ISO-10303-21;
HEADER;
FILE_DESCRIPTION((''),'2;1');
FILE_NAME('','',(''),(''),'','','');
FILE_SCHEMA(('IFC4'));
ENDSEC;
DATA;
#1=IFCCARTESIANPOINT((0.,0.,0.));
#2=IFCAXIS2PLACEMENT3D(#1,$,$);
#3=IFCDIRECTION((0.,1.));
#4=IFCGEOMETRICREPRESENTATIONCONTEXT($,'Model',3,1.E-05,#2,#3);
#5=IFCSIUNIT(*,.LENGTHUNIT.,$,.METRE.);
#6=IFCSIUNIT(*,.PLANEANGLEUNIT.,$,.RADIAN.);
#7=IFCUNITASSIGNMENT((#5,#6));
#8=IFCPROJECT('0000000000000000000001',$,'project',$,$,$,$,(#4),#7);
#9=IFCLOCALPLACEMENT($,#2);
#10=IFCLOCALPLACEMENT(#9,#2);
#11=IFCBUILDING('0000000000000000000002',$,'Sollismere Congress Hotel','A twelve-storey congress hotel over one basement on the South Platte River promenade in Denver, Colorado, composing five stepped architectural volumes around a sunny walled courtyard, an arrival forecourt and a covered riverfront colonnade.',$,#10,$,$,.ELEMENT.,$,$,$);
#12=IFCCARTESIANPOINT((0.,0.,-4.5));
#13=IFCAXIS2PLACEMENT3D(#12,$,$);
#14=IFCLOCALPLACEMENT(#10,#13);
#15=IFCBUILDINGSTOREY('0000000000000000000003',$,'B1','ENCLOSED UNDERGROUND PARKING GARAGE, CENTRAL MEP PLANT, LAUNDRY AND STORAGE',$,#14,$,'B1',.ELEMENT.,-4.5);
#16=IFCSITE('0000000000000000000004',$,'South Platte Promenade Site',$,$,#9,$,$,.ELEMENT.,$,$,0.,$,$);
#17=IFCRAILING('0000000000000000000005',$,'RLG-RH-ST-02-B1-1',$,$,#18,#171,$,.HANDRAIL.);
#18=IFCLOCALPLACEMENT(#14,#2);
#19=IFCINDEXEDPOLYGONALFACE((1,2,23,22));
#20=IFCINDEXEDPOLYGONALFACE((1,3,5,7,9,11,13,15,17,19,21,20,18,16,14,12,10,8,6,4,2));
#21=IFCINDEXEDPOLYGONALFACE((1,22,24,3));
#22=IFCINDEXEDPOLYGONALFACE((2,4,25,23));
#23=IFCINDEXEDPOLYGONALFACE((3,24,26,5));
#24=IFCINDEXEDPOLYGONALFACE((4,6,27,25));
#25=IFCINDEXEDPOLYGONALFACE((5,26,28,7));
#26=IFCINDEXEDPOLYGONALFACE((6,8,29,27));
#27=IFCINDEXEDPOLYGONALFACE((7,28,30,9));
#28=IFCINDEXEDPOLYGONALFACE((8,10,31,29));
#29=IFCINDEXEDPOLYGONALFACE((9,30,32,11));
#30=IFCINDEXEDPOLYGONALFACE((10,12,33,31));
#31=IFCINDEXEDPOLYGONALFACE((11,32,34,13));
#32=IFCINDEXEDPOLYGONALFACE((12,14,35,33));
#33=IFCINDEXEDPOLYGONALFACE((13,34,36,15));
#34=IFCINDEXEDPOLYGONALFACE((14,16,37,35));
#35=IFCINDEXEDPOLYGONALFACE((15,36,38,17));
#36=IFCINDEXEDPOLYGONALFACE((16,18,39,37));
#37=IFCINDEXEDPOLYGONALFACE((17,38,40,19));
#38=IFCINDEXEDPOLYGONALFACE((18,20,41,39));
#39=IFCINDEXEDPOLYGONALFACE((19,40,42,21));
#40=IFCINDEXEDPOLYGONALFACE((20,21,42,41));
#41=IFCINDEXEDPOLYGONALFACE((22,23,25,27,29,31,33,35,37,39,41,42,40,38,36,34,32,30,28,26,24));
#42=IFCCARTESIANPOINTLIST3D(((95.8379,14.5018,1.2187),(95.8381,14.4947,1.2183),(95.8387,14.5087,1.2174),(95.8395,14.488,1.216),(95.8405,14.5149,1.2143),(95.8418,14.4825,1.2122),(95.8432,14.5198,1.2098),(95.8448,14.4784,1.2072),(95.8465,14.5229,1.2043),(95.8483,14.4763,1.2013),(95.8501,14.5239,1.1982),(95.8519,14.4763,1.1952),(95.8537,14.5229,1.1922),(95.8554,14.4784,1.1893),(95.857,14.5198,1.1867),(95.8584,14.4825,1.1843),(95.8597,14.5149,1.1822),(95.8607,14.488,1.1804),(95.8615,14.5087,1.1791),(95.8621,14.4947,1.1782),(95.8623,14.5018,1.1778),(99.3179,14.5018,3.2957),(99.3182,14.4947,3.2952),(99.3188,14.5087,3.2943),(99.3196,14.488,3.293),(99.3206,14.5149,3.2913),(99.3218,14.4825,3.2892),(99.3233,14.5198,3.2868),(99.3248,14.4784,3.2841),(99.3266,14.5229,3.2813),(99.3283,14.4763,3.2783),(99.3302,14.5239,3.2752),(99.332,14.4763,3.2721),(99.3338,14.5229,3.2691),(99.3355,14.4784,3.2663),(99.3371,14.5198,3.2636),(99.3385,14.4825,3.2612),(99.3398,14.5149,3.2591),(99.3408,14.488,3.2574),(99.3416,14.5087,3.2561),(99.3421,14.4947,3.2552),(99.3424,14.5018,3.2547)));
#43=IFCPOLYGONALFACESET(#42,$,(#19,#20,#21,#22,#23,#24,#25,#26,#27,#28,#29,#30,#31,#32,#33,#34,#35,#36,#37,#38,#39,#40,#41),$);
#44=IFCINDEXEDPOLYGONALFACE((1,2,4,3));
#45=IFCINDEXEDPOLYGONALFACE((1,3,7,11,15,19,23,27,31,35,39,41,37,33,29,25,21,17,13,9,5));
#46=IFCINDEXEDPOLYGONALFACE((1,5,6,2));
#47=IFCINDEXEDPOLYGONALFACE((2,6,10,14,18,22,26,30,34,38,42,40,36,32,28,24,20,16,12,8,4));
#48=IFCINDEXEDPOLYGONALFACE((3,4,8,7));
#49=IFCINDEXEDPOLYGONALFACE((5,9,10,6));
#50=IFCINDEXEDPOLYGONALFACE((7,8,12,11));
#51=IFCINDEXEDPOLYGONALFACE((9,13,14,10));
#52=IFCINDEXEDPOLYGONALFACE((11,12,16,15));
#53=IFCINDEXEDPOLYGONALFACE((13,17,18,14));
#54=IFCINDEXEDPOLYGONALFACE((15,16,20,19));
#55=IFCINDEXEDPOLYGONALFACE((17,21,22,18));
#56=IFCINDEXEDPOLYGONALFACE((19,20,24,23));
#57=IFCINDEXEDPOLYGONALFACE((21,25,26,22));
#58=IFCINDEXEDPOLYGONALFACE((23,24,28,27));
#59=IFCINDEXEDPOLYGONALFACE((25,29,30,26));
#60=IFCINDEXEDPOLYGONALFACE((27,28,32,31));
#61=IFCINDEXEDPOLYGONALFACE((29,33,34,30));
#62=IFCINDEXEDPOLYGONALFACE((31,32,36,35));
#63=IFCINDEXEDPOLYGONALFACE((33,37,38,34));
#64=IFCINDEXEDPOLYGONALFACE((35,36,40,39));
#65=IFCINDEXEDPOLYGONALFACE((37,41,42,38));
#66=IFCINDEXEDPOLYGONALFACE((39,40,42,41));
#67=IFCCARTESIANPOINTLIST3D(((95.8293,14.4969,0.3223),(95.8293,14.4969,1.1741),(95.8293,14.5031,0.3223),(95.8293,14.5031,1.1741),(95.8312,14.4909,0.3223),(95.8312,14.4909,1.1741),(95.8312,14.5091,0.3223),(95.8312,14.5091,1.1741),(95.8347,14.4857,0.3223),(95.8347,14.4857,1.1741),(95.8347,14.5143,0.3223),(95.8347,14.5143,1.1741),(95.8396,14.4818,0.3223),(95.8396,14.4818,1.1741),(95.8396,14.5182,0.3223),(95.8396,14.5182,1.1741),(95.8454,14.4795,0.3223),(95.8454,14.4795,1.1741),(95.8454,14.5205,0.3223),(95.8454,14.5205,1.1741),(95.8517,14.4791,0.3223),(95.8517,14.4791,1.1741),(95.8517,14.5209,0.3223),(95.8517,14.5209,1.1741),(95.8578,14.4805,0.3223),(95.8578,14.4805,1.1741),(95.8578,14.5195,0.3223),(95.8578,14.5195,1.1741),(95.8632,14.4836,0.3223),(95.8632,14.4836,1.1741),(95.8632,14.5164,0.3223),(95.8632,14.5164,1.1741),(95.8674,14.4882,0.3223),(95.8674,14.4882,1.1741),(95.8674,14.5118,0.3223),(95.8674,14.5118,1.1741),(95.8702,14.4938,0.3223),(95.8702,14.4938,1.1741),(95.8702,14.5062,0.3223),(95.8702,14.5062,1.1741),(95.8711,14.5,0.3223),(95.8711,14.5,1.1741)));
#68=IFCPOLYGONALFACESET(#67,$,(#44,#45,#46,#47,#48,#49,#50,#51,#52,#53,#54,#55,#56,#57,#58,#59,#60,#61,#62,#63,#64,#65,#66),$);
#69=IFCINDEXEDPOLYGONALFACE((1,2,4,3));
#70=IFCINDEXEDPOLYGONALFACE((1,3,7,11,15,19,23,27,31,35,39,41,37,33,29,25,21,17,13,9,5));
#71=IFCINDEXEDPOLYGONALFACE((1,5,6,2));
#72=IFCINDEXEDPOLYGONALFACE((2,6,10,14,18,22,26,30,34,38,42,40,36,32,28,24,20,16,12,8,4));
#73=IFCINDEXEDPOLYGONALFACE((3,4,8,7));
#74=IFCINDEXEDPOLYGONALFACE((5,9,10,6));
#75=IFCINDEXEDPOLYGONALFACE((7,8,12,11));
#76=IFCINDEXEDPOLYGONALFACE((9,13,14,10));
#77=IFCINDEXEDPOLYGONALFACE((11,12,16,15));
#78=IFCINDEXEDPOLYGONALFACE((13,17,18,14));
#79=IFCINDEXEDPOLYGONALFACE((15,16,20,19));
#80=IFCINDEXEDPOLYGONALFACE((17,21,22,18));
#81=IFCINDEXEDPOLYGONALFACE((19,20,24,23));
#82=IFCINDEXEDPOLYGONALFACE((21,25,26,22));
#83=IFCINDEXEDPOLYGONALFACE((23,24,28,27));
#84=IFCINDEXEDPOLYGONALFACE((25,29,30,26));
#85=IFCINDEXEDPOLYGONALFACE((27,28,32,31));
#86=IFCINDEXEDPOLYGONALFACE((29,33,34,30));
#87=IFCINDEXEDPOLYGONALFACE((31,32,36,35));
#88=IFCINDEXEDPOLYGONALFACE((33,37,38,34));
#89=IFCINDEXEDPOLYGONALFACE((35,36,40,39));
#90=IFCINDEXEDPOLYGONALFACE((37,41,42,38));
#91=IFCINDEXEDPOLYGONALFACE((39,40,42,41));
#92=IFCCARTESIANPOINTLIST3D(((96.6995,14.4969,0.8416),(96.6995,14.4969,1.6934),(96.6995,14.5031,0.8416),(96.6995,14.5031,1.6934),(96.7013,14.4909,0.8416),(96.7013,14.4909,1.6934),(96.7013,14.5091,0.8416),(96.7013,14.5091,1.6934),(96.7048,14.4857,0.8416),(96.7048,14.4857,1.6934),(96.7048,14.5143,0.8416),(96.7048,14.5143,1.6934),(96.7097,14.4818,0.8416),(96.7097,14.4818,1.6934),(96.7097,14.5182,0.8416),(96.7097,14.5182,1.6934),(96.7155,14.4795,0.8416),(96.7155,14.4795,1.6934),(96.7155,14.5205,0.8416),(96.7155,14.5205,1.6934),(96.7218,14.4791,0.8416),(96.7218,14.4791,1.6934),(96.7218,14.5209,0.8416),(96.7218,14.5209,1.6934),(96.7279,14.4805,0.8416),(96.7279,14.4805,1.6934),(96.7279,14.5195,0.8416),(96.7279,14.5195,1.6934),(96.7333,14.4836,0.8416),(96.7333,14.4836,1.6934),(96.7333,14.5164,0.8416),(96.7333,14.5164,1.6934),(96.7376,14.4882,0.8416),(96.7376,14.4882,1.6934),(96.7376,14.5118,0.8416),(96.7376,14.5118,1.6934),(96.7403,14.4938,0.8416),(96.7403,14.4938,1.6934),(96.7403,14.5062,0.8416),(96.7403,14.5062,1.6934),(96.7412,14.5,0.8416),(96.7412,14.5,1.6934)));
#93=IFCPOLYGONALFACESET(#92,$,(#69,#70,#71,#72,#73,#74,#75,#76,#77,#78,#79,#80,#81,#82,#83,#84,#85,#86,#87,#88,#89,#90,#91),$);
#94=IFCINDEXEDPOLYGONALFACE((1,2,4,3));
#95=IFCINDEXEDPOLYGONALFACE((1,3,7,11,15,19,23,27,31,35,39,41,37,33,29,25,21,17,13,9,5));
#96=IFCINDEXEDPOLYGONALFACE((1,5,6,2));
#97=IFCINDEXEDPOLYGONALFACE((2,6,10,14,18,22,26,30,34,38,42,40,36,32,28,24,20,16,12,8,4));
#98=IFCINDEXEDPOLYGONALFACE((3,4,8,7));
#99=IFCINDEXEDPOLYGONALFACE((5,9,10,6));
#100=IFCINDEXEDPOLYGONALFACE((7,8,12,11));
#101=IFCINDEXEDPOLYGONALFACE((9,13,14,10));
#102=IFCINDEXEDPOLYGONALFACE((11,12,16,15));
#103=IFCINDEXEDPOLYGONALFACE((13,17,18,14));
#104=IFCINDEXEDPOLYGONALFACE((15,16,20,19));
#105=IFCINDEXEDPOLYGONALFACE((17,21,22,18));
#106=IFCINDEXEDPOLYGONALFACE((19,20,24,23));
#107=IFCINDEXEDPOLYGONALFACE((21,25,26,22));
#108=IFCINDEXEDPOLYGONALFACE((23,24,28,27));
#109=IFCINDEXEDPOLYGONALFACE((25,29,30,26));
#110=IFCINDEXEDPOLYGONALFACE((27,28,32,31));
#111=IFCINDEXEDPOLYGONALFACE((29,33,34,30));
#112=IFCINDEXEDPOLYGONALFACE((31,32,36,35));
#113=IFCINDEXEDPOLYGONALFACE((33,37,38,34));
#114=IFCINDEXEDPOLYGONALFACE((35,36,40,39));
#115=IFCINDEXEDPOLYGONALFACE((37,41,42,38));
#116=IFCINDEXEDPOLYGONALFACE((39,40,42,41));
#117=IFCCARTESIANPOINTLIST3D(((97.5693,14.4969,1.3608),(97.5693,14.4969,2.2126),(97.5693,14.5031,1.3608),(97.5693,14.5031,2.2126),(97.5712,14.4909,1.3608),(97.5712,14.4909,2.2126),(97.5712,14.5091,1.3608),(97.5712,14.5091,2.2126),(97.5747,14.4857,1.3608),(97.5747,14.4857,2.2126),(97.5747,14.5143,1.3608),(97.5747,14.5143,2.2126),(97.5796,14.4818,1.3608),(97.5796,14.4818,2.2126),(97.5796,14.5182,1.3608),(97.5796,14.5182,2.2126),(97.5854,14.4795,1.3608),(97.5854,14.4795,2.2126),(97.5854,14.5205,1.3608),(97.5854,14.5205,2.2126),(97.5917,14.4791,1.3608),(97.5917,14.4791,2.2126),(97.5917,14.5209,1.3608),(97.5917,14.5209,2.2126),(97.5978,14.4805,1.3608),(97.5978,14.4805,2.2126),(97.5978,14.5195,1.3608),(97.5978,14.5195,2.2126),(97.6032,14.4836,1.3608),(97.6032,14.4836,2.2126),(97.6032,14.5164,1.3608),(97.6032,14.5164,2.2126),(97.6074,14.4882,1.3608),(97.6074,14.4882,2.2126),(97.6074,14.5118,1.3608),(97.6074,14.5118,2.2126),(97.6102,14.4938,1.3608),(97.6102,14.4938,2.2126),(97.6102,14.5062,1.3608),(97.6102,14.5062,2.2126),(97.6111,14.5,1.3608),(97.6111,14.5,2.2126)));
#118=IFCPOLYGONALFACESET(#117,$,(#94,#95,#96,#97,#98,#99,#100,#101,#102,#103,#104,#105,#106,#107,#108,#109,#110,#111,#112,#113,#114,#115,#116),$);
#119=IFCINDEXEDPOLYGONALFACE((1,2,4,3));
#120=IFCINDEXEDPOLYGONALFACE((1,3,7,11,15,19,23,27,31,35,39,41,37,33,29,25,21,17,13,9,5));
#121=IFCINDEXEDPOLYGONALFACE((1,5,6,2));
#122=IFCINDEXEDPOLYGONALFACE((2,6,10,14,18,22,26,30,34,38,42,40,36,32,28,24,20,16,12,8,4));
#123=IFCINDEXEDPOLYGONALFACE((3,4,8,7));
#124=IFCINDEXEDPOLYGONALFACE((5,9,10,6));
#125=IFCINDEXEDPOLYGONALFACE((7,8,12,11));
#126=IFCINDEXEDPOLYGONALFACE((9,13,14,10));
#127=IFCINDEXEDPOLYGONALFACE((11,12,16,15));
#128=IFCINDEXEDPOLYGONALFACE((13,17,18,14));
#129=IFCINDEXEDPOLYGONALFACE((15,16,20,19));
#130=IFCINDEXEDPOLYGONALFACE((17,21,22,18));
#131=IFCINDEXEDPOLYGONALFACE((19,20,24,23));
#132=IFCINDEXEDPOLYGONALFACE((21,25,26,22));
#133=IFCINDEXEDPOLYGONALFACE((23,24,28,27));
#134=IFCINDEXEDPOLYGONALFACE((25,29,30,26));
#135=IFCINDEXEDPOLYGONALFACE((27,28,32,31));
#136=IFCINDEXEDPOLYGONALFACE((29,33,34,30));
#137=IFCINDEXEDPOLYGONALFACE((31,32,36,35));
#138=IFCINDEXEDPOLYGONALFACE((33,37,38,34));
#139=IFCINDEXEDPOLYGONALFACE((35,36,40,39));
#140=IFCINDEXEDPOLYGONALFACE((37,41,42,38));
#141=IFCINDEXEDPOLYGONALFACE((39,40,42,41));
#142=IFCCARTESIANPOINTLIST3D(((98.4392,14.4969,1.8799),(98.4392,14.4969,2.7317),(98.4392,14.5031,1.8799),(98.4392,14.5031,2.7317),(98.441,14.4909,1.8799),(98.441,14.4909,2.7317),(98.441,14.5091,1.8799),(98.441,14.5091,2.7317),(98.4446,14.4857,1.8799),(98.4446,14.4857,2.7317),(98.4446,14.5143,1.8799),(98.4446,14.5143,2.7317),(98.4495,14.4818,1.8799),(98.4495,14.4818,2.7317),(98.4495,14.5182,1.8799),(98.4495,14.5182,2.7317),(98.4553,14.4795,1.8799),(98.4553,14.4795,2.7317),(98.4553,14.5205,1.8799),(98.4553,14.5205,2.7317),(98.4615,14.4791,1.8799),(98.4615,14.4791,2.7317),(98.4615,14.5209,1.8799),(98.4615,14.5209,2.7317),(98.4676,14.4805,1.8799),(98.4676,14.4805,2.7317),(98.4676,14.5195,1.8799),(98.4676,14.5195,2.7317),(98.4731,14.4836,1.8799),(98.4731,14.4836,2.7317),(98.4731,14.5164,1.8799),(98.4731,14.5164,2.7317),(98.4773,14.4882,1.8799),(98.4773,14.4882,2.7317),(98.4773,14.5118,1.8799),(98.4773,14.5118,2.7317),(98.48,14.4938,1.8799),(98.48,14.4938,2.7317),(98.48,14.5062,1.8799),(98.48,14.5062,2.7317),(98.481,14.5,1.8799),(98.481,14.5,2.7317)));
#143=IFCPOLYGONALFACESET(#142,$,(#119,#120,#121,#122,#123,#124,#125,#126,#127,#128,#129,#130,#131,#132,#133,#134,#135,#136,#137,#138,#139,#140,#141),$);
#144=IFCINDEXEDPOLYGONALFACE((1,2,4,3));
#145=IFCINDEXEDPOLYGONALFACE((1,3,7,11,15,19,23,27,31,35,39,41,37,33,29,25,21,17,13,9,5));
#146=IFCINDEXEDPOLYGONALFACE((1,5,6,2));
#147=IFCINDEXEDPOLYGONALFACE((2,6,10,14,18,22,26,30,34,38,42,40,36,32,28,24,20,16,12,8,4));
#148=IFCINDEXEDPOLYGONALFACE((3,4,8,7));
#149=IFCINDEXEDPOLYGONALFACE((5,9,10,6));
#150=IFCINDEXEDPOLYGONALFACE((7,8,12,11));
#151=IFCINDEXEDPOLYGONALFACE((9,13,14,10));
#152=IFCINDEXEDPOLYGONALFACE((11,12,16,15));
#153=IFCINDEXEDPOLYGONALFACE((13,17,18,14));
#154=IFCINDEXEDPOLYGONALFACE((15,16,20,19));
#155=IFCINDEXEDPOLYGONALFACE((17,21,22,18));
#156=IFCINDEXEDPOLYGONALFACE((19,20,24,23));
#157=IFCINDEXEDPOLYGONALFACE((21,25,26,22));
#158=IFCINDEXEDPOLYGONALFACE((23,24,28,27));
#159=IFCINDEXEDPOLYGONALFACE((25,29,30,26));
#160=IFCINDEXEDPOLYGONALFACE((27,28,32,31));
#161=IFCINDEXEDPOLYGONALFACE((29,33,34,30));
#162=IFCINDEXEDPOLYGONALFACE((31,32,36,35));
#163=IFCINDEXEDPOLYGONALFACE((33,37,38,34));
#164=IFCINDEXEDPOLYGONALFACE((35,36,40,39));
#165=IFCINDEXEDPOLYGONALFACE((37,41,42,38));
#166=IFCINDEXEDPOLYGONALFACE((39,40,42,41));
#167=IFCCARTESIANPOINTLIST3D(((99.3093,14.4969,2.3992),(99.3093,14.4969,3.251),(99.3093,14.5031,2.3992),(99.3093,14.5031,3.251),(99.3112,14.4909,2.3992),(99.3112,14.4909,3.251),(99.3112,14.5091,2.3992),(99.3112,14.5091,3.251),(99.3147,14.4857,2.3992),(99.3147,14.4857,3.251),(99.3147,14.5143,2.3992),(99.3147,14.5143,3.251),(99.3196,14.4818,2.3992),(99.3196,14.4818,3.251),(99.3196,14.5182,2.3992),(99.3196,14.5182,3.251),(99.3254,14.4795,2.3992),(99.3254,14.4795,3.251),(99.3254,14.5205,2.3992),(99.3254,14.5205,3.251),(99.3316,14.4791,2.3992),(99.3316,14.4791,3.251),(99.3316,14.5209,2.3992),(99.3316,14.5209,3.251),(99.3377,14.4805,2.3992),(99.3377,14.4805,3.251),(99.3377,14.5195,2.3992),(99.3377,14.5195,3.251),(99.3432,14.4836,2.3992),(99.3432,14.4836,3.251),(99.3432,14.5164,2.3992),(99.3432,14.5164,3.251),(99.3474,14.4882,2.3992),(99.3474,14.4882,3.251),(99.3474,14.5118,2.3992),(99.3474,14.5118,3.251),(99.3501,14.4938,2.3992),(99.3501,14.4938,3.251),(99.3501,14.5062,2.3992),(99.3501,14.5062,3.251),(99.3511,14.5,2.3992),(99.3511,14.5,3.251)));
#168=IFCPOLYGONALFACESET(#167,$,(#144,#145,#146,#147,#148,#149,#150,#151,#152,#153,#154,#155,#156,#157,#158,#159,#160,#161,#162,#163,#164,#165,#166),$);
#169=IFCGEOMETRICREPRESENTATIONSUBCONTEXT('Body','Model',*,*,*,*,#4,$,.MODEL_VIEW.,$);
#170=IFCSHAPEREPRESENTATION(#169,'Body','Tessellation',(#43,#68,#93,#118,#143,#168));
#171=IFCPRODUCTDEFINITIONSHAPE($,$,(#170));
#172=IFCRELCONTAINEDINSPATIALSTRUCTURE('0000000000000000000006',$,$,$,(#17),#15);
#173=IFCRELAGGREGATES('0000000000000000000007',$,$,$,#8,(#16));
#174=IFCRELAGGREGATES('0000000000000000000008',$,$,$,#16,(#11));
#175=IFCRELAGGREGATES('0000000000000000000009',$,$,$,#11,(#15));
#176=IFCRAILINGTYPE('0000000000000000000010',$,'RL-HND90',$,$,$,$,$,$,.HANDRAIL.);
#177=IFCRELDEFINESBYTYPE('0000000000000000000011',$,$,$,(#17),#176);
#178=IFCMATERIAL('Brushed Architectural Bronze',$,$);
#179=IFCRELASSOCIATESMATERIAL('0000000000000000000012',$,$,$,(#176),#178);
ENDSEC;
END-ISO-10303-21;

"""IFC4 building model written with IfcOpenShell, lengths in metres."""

from ifc_helpers import new_model, si_unit, direction, frame, origin, origin_2d, place, context, subcontext, project, spatial, circle, extrude, material, type_object, element, save


model = new_model("IFC4")

# Units and contexts
model_context = context("Model", 3, precision=1e-05, world=origin(), true_north=direction((0.0, 1.0)))
body_context = subcontext(model_context, "Body", "Model", "MODEL_VIEW")
ifc_project = project(units=[si_unit("LENGTHUNIT", "METRE"), si_unit("PLANEANGLEUNIT", "RADIAN")], contexts=[model_context])

# Site, building, storey
site_placement = place(None, origin())
site = spatial("IfcSite", under=ifc_project, at=site_placement, Name="South Platte Promenade Site", CompositionType="ELEMENT", RefElevation=0.0)
building_placement = place(site_placement, origin())
building = spatial("IfcBuilding", under=site, at=building_placement, Name="Sollismere Congress Hotel", Description="A twelve-storey congress hotel over one basement on the South Platte River promenade in Denver, Colorado, composing five stepped architectural volumes around a sunny walled courtyard, an arrival forecourt and a covered riverfront colonnade.", CompositionType="ELEMENT")
storey_placement = place(building_placement, frame((0.0, 0.0, -4.5)))
storey = spatial("IfcBuildingStorey", under=building, at=storey_placement, Name="B1", Description="ENCLOSED UNDERGROUND PARKING GARAGE, CENTRAL MEP PLANT, LAUNDRY AND STORAGE", LongName="B1", CompositionType="ELEMENT", Elevation=-4.5)

# Railing
ifc_material_1 = material(Name="Brushed Architectural Bronze")
railing_type_1 = type_object("IfcRailingType", Name="RL-HND90", PredefinedType="HANDRAIL", material=ifc_material_1)
railing_1_placement = place(storey_placement, frame((95.8501, 14.5, 0.3223)))
element("IfcRailing", 1, at=railing_1_placement, inside=storey, type_object=railing_type_1, Name="RLG-RH-ST-02-B1-1", PredefinedType="HANDRAIL", context=body_context, shape_type="SweptSolid", body=[
    extrude(circle(Radius=0.0239, at=origin_2d()), frame((0.0, 0.0, 0.876), z_axis=(0.858697, 0.0, 0.512483), x_axis=(0.0, 1.0, 0.0)), (0.0, 0.0, 1.0), 4.0527),
    extrude(circle(Radius=0.021, at=origin_2d()), origin(), (0.0, 0.0, 1.0), 0.8518),
    extrude(circle(Radius=0.021, at=origin_2d()), frame((0.8701, 0.0, 0.5193)), (0.0, 0.0, 1.0), 0.8518),
    extrude(circle(Radius=0.021, at=origin_2d()), frame((1.74, 0.0, 1.0386)), (0.0, 0.0, 1.0), 0.8518),
    extrude(circle(Radius=0.021, at=origin_2d()), frame((2.6099, 0.0, 1.5576)), (0.0, 0.0, 1.0), 0.8518),
    extrude(circle(Radius=0.021, at=origin_2d()), frame((3.48, 0.0, 2.0769)), (0.0, 0.0, 1.0), 0.8518),
])

save(model, "model.ifc")
